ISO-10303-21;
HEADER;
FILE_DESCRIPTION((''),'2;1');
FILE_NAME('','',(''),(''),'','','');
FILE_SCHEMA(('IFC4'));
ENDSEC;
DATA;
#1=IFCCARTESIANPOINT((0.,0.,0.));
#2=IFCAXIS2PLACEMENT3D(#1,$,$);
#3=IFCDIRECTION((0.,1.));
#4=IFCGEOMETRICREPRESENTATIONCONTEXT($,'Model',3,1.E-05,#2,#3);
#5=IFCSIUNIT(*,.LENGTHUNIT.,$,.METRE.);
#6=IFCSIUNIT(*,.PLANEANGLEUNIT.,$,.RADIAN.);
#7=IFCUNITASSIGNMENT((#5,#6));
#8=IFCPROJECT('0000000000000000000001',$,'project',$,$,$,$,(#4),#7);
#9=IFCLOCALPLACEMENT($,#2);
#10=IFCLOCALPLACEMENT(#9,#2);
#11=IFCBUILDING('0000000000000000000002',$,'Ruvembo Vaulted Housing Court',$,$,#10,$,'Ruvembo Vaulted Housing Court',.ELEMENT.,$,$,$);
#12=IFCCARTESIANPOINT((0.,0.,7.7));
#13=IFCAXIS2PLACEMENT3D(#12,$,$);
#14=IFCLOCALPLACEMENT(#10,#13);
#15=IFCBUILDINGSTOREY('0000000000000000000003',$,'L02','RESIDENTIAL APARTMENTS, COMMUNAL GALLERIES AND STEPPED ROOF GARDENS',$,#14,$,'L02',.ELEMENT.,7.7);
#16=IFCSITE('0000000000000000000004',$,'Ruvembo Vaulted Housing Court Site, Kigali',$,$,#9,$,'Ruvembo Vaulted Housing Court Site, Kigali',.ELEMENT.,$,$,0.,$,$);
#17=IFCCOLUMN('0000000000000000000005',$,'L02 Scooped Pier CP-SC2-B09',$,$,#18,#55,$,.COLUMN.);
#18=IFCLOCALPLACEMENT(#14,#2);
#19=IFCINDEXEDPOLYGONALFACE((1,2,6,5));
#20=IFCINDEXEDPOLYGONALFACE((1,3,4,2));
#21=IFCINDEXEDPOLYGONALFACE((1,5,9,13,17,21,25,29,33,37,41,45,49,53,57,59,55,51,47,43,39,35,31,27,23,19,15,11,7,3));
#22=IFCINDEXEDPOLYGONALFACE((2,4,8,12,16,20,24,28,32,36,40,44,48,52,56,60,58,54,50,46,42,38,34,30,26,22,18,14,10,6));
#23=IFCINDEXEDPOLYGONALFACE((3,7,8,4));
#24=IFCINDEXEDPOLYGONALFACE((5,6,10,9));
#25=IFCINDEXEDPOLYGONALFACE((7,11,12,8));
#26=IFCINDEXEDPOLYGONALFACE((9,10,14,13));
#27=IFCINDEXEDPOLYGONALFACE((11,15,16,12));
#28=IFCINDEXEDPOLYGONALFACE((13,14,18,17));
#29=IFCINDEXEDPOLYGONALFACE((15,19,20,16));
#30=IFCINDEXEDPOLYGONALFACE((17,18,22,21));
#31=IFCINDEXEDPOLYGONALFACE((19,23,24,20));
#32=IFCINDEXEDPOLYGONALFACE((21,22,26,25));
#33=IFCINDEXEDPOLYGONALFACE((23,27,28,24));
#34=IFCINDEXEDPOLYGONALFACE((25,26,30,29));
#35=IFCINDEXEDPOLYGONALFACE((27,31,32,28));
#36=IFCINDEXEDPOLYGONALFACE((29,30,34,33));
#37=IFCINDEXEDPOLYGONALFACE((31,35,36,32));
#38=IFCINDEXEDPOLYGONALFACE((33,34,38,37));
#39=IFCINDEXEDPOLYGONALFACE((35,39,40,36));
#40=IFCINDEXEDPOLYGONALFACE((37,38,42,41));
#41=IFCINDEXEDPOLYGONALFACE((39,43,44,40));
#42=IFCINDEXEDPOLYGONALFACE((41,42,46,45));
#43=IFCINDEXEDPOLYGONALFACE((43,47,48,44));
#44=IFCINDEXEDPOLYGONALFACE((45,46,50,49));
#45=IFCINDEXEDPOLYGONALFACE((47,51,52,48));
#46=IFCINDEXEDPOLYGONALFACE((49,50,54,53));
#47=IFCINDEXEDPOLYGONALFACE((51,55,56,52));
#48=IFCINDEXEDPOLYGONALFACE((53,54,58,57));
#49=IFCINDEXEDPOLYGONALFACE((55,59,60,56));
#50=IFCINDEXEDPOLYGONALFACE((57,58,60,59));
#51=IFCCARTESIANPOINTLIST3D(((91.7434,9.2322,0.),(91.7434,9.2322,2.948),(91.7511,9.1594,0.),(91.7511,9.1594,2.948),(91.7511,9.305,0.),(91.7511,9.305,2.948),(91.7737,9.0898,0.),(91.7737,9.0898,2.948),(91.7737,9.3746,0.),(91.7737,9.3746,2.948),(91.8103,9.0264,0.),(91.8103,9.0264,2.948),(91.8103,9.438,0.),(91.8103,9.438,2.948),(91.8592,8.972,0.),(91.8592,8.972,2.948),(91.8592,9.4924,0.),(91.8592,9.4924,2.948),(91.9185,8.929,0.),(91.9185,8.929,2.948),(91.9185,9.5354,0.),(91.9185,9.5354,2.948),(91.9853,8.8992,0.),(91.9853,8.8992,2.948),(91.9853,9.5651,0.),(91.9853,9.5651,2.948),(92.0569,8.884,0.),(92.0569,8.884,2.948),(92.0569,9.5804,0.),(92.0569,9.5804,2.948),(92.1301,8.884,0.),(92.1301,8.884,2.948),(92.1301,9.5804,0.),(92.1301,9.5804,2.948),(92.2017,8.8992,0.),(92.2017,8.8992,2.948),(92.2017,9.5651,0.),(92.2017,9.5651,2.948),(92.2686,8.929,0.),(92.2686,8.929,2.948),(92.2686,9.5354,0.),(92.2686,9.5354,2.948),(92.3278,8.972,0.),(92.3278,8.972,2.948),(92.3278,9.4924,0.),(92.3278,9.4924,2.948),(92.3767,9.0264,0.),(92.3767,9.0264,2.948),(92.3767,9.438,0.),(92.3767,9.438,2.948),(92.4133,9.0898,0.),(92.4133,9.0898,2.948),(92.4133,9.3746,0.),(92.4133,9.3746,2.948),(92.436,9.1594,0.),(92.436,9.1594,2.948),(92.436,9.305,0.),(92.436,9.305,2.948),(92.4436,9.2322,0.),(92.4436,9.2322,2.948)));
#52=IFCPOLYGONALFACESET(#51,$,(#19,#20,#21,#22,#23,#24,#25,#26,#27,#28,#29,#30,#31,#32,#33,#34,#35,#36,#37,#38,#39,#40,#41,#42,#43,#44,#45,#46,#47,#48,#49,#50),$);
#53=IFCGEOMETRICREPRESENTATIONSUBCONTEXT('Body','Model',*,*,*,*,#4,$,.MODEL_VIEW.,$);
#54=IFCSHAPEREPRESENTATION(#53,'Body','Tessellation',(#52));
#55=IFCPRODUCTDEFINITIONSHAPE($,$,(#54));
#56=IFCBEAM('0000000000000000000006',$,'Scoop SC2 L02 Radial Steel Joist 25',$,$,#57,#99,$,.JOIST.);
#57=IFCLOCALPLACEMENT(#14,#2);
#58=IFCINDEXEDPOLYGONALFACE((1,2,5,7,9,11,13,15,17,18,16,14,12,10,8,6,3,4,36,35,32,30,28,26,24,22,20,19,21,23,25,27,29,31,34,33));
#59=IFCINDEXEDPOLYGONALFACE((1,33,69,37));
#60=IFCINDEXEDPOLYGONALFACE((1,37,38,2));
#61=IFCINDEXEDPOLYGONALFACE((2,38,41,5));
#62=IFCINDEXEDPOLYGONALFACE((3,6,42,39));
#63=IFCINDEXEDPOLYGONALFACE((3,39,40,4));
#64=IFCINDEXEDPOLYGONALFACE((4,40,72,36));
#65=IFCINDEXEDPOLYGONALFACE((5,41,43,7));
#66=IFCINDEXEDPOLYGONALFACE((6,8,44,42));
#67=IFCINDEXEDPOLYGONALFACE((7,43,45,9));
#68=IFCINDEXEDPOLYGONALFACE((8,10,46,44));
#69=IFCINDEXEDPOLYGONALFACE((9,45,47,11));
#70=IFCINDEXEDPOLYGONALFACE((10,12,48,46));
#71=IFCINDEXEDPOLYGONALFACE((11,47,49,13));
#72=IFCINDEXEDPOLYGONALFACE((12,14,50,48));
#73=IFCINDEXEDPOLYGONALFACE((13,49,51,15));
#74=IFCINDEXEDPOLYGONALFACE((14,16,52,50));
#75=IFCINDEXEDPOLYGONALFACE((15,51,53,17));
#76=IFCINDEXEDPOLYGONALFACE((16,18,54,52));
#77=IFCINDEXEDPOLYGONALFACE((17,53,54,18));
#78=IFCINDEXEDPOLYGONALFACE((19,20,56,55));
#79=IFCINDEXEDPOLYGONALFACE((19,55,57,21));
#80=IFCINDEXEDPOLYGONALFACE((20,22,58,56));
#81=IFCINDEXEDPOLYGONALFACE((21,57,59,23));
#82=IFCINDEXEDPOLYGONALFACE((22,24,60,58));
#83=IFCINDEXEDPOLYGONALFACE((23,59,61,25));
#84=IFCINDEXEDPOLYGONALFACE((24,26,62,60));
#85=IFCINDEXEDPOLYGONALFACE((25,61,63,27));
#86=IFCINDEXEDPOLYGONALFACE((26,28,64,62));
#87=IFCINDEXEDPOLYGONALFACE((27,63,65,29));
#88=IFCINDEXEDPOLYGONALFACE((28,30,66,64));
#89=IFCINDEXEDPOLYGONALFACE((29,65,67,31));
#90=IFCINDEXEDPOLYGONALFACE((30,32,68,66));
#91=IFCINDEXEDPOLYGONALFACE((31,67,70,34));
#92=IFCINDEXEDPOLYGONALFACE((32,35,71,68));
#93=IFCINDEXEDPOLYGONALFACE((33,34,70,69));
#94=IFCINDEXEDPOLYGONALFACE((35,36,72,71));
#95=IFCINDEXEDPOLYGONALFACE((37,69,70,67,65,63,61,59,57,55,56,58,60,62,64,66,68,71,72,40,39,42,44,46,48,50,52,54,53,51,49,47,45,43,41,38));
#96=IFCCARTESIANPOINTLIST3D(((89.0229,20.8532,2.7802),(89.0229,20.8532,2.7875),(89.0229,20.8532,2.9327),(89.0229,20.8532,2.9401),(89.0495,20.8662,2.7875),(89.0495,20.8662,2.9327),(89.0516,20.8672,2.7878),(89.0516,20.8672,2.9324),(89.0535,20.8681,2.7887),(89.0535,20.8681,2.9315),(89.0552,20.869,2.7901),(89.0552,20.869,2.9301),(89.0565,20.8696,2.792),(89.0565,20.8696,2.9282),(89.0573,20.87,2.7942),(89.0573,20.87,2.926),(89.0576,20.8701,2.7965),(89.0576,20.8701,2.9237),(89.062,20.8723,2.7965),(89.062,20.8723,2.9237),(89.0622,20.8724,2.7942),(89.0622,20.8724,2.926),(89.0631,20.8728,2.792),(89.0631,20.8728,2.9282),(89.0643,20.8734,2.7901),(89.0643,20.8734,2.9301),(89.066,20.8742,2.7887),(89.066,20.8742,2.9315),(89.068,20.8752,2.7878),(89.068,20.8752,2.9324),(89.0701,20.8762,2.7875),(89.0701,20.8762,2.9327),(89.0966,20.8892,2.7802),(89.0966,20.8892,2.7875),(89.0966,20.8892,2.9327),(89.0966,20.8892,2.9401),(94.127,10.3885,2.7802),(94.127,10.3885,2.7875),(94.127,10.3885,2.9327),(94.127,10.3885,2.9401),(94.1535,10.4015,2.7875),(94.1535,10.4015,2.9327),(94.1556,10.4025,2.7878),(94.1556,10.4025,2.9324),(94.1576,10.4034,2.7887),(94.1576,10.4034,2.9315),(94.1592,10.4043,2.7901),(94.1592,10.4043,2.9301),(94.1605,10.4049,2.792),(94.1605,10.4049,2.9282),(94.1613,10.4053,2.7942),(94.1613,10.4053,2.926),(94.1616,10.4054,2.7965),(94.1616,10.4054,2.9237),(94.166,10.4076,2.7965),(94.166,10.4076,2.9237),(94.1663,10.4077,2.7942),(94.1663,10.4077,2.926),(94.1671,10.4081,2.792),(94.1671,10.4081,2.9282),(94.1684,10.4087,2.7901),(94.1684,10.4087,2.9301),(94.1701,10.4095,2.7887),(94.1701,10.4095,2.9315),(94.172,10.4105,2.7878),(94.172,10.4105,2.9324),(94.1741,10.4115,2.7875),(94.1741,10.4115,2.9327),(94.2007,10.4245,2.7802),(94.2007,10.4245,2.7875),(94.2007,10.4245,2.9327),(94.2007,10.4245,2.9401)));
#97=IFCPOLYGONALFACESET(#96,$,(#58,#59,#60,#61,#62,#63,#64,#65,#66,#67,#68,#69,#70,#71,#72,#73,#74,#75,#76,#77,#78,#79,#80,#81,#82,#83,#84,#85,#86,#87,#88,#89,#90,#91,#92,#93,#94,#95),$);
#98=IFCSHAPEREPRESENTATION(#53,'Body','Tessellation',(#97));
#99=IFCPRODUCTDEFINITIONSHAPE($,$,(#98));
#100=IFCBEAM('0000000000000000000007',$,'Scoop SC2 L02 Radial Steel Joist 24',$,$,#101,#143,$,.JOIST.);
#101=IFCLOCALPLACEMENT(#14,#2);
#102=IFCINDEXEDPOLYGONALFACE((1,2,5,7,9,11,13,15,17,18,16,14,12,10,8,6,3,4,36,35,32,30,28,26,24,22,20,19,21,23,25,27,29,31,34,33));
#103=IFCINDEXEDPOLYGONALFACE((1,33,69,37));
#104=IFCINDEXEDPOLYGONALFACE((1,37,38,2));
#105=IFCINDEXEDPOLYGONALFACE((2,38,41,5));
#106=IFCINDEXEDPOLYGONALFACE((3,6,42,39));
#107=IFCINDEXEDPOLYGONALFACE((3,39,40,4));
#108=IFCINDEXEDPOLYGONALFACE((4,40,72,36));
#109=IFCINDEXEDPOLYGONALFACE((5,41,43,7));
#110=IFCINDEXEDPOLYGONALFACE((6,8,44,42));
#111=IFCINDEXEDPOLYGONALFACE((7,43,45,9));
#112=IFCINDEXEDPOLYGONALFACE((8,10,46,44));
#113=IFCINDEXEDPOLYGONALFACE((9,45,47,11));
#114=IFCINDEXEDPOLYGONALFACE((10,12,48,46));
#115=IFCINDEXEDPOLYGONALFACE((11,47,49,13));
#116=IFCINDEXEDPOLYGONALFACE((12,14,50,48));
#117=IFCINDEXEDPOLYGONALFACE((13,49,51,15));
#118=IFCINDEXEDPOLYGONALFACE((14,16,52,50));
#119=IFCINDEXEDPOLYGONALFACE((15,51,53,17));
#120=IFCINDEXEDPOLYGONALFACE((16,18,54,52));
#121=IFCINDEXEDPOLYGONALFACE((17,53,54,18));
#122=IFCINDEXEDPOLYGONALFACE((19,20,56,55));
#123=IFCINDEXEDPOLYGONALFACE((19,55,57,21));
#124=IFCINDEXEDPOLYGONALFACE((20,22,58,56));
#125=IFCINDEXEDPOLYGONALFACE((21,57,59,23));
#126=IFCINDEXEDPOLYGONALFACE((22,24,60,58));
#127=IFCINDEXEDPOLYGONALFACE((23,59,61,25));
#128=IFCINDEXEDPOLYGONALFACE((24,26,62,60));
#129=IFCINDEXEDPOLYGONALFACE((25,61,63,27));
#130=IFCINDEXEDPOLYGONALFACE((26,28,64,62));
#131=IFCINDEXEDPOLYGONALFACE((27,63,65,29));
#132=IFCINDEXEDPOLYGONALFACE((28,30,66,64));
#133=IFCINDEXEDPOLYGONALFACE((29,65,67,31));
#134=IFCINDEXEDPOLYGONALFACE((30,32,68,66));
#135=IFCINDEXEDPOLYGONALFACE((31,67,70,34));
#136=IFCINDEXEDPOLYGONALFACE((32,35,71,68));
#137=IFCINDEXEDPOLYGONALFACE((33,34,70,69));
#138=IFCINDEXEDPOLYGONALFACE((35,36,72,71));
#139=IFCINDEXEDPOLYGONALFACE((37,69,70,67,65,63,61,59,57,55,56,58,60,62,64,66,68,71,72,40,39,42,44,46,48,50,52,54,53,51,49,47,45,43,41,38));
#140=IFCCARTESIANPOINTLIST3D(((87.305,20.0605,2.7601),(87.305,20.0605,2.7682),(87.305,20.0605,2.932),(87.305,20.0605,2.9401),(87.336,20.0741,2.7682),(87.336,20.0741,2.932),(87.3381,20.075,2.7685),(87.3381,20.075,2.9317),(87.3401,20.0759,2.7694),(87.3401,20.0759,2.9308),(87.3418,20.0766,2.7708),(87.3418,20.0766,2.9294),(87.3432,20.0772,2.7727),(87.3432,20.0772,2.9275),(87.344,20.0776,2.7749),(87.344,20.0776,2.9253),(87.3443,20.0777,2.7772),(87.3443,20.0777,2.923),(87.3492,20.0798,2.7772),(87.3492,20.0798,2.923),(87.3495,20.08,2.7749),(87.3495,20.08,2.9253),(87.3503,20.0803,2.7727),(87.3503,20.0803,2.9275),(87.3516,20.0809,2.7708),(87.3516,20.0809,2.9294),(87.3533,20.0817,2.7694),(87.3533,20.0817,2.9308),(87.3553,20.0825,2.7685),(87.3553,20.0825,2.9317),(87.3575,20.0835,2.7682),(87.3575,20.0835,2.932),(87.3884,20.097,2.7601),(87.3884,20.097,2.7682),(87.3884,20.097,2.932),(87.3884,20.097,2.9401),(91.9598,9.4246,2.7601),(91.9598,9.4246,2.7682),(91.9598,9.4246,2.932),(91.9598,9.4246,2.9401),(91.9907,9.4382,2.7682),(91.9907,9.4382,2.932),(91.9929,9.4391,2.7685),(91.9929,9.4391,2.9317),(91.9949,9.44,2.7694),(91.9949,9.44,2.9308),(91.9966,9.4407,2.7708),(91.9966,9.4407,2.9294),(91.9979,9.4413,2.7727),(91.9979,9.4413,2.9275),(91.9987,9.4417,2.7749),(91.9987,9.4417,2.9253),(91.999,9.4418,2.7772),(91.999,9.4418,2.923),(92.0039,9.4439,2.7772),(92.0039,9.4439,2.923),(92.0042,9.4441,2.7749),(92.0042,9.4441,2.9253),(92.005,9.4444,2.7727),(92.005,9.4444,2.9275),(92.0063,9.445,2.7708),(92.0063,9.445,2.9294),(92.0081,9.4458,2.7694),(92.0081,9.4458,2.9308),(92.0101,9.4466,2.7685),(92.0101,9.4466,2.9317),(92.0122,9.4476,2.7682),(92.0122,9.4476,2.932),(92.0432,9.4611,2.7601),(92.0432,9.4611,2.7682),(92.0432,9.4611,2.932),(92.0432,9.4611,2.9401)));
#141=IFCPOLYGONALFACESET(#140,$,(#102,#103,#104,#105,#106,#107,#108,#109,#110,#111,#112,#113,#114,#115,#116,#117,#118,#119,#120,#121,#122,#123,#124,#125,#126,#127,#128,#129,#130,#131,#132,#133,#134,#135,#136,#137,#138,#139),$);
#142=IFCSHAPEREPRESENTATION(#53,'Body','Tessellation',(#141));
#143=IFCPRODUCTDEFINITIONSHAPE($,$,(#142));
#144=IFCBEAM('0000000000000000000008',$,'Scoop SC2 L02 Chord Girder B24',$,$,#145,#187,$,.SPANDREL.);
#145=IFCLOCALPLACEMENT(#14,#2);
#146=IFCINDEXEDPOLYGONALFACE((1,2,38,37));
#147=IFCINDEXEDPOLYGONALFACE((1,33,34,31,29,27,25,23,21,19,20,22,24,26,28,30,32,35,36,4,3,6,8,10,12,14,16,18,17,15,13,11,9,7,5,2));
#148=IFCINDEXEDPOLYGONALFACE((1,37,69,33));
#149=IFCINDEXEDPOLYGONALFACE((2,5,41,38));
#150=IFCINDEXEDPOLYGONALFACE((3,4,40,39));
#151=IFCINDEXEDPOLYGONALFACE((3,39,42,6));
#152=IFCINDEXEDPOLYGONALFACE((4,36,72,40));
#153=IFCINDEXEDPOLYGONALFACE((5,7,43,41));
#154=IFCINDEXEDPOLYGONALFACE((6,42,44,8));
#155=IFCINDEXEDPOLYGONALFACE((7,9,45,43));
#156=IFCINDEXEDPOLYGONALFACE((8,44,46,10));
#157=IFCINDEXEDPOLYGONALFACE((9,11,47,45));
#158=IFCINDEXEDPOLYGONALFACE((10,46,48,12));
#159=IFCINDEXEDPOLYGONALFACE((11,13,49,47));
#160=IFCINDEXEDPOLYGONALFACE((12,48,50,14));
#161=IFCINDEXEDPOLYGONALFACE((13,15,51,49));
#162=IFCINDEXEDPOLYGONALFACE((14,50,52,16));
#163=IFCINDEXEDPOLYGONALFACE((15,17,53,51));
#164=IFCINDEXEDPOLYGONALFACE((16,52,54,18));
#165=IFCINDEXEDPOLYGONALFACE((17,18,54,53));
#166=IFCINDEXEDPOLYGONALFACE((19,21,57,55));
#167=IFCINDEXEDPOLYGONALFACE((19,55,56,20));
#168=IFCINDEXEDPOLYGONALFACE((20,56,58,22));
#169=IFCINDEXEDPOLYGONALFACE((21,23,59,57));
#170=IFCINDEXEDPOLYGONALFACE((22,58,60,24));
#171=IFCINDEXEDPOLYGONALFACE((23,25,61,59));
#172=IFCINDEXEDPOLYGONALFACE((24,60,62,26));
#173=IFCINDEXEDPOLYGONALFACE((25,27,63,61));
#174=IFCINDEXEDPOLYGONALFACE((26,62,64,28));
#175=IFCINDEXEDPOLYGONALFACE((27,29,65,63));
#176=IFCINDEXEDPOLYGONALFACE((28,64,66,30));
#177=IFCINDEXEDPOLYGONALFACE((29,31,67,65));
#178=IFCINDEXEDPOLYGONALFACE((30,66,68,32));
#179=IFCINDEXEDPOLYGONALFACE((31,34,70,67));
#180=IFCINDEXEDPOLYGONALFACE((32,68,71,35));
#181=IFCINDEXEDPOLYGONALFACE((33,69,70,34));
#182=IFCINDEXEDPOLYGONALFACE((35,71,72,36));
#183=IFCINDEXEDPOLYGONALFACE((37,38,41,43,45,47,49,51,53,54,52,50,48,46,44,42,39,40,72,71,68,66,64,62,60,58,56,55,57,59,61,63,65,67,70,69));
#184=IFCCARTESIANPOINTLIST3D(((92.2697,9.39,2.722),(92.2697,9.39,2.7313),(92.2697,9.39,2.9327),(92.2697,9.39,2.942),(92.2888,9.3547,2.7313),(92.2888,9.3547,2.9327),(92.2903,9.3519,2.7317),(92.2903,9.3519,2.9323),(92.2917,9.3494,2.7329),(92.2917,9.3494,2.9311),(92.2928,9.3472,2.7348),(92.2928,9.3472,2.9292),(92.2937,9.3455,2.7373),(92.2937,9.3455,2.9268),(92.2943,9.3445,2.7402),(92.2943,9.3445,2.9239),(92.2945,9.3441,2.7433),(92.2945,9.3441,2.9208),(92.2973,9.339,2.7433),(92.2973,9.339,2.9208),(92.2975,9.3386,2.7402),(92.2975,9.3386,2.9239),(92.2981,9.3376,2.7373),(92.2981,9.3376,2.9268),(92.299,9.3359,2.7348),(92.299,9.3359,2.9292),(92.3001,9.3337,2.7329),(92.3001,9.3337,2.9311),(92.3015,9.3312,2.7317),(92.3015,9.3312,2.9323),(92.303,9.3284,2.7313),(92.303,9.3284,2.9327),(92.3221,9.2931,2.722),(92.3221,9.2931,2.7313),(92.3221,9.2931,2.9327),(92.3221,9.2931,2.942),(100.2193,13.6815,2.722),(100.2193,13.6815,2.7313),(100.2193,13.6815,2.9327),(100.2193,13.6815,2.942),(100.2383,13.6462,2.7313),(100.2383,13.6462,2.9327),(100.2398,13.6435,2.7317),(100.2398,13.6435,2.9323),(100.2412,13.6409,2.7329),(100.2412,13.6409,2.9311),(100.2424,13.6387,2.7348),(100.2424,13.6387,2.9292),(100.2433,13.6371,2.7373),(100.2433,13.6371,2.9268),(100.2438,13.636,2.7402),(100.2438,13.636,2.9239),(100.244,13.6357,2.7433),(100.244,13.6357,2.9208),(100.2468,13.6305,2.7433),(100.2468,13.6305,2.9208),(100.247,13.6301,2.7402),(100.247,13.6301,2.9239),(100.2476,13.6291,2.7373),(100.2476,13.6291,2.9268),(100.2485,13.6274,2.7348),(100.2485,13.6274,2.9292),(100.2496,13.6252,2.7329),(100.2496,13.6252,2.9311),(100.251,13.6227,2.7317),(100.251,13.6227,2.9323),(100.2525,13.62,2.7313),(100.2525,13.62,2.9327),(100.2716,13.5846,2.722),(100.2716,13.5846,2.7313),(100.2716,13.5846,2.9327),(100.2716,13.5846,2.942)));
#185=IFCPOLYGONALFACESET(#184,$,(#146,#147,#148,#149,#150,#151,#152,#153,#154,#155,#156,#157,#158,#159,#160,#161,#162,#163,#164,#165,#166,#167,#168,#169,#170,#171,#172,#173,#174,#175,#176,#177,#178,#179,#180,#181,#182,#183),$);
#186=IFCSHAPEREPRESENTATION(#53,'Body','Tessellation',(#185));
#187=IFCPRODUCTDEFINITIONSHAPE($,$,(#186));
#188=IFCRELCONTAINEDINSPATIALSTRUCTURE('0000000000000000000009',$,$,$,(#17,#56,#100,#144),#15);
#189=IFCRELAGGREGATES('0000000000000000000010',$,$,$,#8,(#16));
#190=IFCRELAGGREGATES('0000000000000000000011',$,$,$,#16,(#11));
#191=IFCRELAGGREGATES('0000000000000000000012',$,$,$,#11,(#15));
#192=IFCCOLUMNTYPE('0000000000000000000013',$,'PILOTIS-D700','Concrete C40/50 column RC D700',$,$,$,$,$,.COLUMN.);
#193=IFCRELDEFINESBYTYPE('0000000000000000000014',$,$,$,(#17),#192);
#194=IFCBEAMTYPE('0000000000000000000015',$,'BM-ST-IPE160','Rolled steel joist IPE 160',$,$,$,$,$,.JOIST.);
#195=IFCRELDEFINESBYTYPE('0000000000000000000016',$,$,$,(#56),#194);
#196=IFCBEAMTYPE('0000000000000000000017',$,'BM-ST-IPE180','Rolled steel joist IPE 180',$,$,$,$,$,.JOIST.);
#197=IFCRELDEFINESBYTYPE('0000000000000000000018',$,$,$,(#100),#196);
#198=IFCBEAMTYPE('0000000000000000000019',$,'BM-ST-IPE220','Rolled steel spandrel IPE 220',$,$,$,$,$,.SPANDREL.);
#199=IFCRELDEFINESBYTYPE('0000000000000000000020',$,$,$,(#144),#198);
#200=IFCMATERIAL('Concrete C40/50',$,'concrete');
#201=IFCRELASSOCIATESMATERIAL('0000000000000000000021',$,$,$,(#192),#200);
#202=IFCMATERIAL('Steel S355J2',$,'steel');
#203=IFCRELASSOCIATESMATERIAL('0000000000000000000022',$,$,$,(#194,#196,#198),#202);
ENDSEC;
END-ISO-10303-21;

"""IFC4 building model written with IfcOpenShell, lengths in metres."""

from ifc_helpers import new_model, si_unit, direction, frame, origin, origin_2d, place, context, subcontext, project, spatial, circle, i_section, extrude, material, material_profile, profile_set, type_object, element, save


model = new_model("IFC4")

# Units and contexts
model_context = context("Model", 3, precision=1e-05, world=origin(), true_north=direction((0.0, 1.0)))
body_context = subcontext(model_context, "Body", "Model", "MODEL_VIEW")
ifc_project = project(units=[si_unit("LENGTHUNIT", "METRE"), si_unit("PLANEANGLEUNIT", "RADIAN")], contexts=[model_context])

# Site, building, storey
site_placement = place(None, origin())
site = spatial("IfcSite", under=ifc_project, at=site_placement, Name="Ruvembo Vaulted Housing Court Site, Kigali", LongName="Ruvembo Vaulted Housing Court Site, Kigali", CompositionType="ELEMENT", RefElevation=0.0)
building_placement = place(site_placement, origin())
building = spatial("IfcBuilding", under=site, at=building_placement, Name="Ruvembo Vaulted Housing Court", LongName="Ruvembo Vaulted Housing Court", CompositionType="ELEMENT")
storey_placement = place(building_placement, frame((0.0, 0.0, 7.7)))
storey = spatial("IfcBuildingStorey", under=building, at=storey_placement, Name="L02", Description="RESIDENTIAL APARTMENTS, COMMUNAL GALLERIES AND STEPPED ROOF GARDENS", LongName="L02", CompositionType="ELEMENT", Elevation=7.7)

# Column
ifc_material_1 = material(Name="Concrete C40/50", Category="concrete")
ifc_material_profile_1 = material_profile(ifc_material_1, circle(Radius=0.3501, at=origin_2d()), Name="RC D700")
ifc_profile_set_1 = profile_set([ifc_material_profile_1], Name="Concrete C40/50")
column_type = type_object("IfcColumnType", Name="PILOTIS-D700", Description="Concrete C40/50 column RC D700", PredefinedType="COLUMN", material=ifc_profile_set_1)
column_placement = place(storey_placement, frame((92.0935, 9.2322, 0.0), z_axis=(0.0, 0.0, 1.0), x_axis=(1.0, 0.0, 0.0)))
element("IfcColumn", 1, at=column_placement, inside=storey, type_object=column_type, Name="L02 Scooped Pier CP-SC2-B09", PredefinedType="COLUMN", context=body_context, shape_type="SweptSolid", body=[
    extrude(circle(Radius=0.3501, at=origin_2d()), origin(), (0.0, 0.0, 1.0), 2.948),
])

# Beams
ifc_material_2 = material(Name="Steel S355J2", Category="steel")
ifc_material_profile_2 = material_profile(ifc_material_2, i_section(OverallWidth=0.082, OverallDepth=0.1599, WebThickness=0.0049, FlangeThickness=0.0073, FilletRadius=0.009, at=origin_2d()), Name="IPE 160")
ifc_profile_set_2 = profile_set([ifc_material_profile_2], Name="Steel S355J2")
beam_type_1 = type_object("IfcBeamType", Name="BM-ST-IPE160", Description="Rolled steel joist IPE 160", PredefinedType="JOIST", material=ifc_profile_set_2)
beam_1_placement = place(storey_placement, frame((94.1638, 10.4065, 2.8601), z_axis=(-0.438377, 0.898791, 0.0), x_axis=(-0.898791, -0.438377, 0.0)))
element("IfcBeam", 2, at=beam_1_placement, inside=storey, type_object=beam_type_1, Name="Scoop SC2 L02 Radial Steel Joist 25", PredefinedType="JOIST", context=body_context, shape_type="SweptSolid", body=[
    extrude(i_section(OverallWidth=0.082, OverallDepth=0.1599, WebThickness=0.0049, FlangeThickness=0.0073, FilletRadius=0.009, at=origin_2d()), origin(), (0.0, 0.0, 1.0), 11.6431),
])
ifc_material_profile_3 = material_profile(ifc_material_2, i_section(OverallWidth=0.0911, OverallDepth=0.1799, WebThickness=0.0054, FlangeThickness=0.0081, FilletRadius=0.009, at=origin_2d()), Name="IPE 180")
ifc_profile_set_3 = profile_set([ifc_material_profile_3], Name="Steel S355J2")
beam_type_2 = type_object("IfcBeamType", Name="BM-ST-IPE180", Description="Rolled steel joist IPE 180", PredefinedType="JOIST", material=ifc_profile_set_3)
beam_2_placement = place(storey_placement, frame((92.0015, 9.4429, 2.8501), z_axis=(-0.40093, 0.916109, 0.0), x_axis=(-0.916109, -0.40093, 0.0)))
element("IfcBeam", 3, at=beam_2_placement, inside=storey, type_object=beam_type_2, Name="Scoop SC2 L02 Radial Steel Joist 24", PredefinedType="JOIST", context=body_context, shape_type="SweptSolid", body=[
    extrude(i_section(OverallWidth=0.0911, OverallDepth=0.1799, WebThickness=0.0054, FlangeThickness=0.0081, FilletRadius=0.009, at=origin_2d()), origin(), (0.0, 0.0, 1.0), 11.6099),
])
ifc_material_profile_4 = material_profile(ifc_material_2, i_section(OverallWidth=0.1101, OverallDepth=0.22, WebThickness=0.0059, FlangeThickness=0.0093, FilletRadius=0.012, at=origin_2d()), Name="IPE 220")
ifc_profile_set_4 = profile_set([ifc_material_profile_4], Name="Steel S355J2")
beam_type_3 = type_object("IfcBeamType", Name="BM-ST-IPE220", Description="Rolled steel spandrel IPE 220", PredefinedType="SPANDREL", material=ifc_profile_set_4)
beam_3_placement = place(storey_placement, frame((92.2959, 9.3416, 2.832), z_axis=(0.879961, 0.475046, 0.0), x_axis=(-0.475046, 0.879961, 0.0)))
element("IfcBeam", 4, at=beam_3_placement, inside=storey, type_object=beam_type_3, Name="Scoop SC2 L02 Chord Girder B24", PredefinedType="SPANDREL", context=body_context, shape_type="SweptSolid", body=[
    extrude(i_section(OverallWidth=0.1101, OverallDepth=0.22, WebThickness=0.0059, FlangeThickness=0.0093, FilletRadius=0.012, at=origin_2d()), origin(), (0.0, 0.0, 1.0), 9.0339),
])

save(model, "model.ifc")
